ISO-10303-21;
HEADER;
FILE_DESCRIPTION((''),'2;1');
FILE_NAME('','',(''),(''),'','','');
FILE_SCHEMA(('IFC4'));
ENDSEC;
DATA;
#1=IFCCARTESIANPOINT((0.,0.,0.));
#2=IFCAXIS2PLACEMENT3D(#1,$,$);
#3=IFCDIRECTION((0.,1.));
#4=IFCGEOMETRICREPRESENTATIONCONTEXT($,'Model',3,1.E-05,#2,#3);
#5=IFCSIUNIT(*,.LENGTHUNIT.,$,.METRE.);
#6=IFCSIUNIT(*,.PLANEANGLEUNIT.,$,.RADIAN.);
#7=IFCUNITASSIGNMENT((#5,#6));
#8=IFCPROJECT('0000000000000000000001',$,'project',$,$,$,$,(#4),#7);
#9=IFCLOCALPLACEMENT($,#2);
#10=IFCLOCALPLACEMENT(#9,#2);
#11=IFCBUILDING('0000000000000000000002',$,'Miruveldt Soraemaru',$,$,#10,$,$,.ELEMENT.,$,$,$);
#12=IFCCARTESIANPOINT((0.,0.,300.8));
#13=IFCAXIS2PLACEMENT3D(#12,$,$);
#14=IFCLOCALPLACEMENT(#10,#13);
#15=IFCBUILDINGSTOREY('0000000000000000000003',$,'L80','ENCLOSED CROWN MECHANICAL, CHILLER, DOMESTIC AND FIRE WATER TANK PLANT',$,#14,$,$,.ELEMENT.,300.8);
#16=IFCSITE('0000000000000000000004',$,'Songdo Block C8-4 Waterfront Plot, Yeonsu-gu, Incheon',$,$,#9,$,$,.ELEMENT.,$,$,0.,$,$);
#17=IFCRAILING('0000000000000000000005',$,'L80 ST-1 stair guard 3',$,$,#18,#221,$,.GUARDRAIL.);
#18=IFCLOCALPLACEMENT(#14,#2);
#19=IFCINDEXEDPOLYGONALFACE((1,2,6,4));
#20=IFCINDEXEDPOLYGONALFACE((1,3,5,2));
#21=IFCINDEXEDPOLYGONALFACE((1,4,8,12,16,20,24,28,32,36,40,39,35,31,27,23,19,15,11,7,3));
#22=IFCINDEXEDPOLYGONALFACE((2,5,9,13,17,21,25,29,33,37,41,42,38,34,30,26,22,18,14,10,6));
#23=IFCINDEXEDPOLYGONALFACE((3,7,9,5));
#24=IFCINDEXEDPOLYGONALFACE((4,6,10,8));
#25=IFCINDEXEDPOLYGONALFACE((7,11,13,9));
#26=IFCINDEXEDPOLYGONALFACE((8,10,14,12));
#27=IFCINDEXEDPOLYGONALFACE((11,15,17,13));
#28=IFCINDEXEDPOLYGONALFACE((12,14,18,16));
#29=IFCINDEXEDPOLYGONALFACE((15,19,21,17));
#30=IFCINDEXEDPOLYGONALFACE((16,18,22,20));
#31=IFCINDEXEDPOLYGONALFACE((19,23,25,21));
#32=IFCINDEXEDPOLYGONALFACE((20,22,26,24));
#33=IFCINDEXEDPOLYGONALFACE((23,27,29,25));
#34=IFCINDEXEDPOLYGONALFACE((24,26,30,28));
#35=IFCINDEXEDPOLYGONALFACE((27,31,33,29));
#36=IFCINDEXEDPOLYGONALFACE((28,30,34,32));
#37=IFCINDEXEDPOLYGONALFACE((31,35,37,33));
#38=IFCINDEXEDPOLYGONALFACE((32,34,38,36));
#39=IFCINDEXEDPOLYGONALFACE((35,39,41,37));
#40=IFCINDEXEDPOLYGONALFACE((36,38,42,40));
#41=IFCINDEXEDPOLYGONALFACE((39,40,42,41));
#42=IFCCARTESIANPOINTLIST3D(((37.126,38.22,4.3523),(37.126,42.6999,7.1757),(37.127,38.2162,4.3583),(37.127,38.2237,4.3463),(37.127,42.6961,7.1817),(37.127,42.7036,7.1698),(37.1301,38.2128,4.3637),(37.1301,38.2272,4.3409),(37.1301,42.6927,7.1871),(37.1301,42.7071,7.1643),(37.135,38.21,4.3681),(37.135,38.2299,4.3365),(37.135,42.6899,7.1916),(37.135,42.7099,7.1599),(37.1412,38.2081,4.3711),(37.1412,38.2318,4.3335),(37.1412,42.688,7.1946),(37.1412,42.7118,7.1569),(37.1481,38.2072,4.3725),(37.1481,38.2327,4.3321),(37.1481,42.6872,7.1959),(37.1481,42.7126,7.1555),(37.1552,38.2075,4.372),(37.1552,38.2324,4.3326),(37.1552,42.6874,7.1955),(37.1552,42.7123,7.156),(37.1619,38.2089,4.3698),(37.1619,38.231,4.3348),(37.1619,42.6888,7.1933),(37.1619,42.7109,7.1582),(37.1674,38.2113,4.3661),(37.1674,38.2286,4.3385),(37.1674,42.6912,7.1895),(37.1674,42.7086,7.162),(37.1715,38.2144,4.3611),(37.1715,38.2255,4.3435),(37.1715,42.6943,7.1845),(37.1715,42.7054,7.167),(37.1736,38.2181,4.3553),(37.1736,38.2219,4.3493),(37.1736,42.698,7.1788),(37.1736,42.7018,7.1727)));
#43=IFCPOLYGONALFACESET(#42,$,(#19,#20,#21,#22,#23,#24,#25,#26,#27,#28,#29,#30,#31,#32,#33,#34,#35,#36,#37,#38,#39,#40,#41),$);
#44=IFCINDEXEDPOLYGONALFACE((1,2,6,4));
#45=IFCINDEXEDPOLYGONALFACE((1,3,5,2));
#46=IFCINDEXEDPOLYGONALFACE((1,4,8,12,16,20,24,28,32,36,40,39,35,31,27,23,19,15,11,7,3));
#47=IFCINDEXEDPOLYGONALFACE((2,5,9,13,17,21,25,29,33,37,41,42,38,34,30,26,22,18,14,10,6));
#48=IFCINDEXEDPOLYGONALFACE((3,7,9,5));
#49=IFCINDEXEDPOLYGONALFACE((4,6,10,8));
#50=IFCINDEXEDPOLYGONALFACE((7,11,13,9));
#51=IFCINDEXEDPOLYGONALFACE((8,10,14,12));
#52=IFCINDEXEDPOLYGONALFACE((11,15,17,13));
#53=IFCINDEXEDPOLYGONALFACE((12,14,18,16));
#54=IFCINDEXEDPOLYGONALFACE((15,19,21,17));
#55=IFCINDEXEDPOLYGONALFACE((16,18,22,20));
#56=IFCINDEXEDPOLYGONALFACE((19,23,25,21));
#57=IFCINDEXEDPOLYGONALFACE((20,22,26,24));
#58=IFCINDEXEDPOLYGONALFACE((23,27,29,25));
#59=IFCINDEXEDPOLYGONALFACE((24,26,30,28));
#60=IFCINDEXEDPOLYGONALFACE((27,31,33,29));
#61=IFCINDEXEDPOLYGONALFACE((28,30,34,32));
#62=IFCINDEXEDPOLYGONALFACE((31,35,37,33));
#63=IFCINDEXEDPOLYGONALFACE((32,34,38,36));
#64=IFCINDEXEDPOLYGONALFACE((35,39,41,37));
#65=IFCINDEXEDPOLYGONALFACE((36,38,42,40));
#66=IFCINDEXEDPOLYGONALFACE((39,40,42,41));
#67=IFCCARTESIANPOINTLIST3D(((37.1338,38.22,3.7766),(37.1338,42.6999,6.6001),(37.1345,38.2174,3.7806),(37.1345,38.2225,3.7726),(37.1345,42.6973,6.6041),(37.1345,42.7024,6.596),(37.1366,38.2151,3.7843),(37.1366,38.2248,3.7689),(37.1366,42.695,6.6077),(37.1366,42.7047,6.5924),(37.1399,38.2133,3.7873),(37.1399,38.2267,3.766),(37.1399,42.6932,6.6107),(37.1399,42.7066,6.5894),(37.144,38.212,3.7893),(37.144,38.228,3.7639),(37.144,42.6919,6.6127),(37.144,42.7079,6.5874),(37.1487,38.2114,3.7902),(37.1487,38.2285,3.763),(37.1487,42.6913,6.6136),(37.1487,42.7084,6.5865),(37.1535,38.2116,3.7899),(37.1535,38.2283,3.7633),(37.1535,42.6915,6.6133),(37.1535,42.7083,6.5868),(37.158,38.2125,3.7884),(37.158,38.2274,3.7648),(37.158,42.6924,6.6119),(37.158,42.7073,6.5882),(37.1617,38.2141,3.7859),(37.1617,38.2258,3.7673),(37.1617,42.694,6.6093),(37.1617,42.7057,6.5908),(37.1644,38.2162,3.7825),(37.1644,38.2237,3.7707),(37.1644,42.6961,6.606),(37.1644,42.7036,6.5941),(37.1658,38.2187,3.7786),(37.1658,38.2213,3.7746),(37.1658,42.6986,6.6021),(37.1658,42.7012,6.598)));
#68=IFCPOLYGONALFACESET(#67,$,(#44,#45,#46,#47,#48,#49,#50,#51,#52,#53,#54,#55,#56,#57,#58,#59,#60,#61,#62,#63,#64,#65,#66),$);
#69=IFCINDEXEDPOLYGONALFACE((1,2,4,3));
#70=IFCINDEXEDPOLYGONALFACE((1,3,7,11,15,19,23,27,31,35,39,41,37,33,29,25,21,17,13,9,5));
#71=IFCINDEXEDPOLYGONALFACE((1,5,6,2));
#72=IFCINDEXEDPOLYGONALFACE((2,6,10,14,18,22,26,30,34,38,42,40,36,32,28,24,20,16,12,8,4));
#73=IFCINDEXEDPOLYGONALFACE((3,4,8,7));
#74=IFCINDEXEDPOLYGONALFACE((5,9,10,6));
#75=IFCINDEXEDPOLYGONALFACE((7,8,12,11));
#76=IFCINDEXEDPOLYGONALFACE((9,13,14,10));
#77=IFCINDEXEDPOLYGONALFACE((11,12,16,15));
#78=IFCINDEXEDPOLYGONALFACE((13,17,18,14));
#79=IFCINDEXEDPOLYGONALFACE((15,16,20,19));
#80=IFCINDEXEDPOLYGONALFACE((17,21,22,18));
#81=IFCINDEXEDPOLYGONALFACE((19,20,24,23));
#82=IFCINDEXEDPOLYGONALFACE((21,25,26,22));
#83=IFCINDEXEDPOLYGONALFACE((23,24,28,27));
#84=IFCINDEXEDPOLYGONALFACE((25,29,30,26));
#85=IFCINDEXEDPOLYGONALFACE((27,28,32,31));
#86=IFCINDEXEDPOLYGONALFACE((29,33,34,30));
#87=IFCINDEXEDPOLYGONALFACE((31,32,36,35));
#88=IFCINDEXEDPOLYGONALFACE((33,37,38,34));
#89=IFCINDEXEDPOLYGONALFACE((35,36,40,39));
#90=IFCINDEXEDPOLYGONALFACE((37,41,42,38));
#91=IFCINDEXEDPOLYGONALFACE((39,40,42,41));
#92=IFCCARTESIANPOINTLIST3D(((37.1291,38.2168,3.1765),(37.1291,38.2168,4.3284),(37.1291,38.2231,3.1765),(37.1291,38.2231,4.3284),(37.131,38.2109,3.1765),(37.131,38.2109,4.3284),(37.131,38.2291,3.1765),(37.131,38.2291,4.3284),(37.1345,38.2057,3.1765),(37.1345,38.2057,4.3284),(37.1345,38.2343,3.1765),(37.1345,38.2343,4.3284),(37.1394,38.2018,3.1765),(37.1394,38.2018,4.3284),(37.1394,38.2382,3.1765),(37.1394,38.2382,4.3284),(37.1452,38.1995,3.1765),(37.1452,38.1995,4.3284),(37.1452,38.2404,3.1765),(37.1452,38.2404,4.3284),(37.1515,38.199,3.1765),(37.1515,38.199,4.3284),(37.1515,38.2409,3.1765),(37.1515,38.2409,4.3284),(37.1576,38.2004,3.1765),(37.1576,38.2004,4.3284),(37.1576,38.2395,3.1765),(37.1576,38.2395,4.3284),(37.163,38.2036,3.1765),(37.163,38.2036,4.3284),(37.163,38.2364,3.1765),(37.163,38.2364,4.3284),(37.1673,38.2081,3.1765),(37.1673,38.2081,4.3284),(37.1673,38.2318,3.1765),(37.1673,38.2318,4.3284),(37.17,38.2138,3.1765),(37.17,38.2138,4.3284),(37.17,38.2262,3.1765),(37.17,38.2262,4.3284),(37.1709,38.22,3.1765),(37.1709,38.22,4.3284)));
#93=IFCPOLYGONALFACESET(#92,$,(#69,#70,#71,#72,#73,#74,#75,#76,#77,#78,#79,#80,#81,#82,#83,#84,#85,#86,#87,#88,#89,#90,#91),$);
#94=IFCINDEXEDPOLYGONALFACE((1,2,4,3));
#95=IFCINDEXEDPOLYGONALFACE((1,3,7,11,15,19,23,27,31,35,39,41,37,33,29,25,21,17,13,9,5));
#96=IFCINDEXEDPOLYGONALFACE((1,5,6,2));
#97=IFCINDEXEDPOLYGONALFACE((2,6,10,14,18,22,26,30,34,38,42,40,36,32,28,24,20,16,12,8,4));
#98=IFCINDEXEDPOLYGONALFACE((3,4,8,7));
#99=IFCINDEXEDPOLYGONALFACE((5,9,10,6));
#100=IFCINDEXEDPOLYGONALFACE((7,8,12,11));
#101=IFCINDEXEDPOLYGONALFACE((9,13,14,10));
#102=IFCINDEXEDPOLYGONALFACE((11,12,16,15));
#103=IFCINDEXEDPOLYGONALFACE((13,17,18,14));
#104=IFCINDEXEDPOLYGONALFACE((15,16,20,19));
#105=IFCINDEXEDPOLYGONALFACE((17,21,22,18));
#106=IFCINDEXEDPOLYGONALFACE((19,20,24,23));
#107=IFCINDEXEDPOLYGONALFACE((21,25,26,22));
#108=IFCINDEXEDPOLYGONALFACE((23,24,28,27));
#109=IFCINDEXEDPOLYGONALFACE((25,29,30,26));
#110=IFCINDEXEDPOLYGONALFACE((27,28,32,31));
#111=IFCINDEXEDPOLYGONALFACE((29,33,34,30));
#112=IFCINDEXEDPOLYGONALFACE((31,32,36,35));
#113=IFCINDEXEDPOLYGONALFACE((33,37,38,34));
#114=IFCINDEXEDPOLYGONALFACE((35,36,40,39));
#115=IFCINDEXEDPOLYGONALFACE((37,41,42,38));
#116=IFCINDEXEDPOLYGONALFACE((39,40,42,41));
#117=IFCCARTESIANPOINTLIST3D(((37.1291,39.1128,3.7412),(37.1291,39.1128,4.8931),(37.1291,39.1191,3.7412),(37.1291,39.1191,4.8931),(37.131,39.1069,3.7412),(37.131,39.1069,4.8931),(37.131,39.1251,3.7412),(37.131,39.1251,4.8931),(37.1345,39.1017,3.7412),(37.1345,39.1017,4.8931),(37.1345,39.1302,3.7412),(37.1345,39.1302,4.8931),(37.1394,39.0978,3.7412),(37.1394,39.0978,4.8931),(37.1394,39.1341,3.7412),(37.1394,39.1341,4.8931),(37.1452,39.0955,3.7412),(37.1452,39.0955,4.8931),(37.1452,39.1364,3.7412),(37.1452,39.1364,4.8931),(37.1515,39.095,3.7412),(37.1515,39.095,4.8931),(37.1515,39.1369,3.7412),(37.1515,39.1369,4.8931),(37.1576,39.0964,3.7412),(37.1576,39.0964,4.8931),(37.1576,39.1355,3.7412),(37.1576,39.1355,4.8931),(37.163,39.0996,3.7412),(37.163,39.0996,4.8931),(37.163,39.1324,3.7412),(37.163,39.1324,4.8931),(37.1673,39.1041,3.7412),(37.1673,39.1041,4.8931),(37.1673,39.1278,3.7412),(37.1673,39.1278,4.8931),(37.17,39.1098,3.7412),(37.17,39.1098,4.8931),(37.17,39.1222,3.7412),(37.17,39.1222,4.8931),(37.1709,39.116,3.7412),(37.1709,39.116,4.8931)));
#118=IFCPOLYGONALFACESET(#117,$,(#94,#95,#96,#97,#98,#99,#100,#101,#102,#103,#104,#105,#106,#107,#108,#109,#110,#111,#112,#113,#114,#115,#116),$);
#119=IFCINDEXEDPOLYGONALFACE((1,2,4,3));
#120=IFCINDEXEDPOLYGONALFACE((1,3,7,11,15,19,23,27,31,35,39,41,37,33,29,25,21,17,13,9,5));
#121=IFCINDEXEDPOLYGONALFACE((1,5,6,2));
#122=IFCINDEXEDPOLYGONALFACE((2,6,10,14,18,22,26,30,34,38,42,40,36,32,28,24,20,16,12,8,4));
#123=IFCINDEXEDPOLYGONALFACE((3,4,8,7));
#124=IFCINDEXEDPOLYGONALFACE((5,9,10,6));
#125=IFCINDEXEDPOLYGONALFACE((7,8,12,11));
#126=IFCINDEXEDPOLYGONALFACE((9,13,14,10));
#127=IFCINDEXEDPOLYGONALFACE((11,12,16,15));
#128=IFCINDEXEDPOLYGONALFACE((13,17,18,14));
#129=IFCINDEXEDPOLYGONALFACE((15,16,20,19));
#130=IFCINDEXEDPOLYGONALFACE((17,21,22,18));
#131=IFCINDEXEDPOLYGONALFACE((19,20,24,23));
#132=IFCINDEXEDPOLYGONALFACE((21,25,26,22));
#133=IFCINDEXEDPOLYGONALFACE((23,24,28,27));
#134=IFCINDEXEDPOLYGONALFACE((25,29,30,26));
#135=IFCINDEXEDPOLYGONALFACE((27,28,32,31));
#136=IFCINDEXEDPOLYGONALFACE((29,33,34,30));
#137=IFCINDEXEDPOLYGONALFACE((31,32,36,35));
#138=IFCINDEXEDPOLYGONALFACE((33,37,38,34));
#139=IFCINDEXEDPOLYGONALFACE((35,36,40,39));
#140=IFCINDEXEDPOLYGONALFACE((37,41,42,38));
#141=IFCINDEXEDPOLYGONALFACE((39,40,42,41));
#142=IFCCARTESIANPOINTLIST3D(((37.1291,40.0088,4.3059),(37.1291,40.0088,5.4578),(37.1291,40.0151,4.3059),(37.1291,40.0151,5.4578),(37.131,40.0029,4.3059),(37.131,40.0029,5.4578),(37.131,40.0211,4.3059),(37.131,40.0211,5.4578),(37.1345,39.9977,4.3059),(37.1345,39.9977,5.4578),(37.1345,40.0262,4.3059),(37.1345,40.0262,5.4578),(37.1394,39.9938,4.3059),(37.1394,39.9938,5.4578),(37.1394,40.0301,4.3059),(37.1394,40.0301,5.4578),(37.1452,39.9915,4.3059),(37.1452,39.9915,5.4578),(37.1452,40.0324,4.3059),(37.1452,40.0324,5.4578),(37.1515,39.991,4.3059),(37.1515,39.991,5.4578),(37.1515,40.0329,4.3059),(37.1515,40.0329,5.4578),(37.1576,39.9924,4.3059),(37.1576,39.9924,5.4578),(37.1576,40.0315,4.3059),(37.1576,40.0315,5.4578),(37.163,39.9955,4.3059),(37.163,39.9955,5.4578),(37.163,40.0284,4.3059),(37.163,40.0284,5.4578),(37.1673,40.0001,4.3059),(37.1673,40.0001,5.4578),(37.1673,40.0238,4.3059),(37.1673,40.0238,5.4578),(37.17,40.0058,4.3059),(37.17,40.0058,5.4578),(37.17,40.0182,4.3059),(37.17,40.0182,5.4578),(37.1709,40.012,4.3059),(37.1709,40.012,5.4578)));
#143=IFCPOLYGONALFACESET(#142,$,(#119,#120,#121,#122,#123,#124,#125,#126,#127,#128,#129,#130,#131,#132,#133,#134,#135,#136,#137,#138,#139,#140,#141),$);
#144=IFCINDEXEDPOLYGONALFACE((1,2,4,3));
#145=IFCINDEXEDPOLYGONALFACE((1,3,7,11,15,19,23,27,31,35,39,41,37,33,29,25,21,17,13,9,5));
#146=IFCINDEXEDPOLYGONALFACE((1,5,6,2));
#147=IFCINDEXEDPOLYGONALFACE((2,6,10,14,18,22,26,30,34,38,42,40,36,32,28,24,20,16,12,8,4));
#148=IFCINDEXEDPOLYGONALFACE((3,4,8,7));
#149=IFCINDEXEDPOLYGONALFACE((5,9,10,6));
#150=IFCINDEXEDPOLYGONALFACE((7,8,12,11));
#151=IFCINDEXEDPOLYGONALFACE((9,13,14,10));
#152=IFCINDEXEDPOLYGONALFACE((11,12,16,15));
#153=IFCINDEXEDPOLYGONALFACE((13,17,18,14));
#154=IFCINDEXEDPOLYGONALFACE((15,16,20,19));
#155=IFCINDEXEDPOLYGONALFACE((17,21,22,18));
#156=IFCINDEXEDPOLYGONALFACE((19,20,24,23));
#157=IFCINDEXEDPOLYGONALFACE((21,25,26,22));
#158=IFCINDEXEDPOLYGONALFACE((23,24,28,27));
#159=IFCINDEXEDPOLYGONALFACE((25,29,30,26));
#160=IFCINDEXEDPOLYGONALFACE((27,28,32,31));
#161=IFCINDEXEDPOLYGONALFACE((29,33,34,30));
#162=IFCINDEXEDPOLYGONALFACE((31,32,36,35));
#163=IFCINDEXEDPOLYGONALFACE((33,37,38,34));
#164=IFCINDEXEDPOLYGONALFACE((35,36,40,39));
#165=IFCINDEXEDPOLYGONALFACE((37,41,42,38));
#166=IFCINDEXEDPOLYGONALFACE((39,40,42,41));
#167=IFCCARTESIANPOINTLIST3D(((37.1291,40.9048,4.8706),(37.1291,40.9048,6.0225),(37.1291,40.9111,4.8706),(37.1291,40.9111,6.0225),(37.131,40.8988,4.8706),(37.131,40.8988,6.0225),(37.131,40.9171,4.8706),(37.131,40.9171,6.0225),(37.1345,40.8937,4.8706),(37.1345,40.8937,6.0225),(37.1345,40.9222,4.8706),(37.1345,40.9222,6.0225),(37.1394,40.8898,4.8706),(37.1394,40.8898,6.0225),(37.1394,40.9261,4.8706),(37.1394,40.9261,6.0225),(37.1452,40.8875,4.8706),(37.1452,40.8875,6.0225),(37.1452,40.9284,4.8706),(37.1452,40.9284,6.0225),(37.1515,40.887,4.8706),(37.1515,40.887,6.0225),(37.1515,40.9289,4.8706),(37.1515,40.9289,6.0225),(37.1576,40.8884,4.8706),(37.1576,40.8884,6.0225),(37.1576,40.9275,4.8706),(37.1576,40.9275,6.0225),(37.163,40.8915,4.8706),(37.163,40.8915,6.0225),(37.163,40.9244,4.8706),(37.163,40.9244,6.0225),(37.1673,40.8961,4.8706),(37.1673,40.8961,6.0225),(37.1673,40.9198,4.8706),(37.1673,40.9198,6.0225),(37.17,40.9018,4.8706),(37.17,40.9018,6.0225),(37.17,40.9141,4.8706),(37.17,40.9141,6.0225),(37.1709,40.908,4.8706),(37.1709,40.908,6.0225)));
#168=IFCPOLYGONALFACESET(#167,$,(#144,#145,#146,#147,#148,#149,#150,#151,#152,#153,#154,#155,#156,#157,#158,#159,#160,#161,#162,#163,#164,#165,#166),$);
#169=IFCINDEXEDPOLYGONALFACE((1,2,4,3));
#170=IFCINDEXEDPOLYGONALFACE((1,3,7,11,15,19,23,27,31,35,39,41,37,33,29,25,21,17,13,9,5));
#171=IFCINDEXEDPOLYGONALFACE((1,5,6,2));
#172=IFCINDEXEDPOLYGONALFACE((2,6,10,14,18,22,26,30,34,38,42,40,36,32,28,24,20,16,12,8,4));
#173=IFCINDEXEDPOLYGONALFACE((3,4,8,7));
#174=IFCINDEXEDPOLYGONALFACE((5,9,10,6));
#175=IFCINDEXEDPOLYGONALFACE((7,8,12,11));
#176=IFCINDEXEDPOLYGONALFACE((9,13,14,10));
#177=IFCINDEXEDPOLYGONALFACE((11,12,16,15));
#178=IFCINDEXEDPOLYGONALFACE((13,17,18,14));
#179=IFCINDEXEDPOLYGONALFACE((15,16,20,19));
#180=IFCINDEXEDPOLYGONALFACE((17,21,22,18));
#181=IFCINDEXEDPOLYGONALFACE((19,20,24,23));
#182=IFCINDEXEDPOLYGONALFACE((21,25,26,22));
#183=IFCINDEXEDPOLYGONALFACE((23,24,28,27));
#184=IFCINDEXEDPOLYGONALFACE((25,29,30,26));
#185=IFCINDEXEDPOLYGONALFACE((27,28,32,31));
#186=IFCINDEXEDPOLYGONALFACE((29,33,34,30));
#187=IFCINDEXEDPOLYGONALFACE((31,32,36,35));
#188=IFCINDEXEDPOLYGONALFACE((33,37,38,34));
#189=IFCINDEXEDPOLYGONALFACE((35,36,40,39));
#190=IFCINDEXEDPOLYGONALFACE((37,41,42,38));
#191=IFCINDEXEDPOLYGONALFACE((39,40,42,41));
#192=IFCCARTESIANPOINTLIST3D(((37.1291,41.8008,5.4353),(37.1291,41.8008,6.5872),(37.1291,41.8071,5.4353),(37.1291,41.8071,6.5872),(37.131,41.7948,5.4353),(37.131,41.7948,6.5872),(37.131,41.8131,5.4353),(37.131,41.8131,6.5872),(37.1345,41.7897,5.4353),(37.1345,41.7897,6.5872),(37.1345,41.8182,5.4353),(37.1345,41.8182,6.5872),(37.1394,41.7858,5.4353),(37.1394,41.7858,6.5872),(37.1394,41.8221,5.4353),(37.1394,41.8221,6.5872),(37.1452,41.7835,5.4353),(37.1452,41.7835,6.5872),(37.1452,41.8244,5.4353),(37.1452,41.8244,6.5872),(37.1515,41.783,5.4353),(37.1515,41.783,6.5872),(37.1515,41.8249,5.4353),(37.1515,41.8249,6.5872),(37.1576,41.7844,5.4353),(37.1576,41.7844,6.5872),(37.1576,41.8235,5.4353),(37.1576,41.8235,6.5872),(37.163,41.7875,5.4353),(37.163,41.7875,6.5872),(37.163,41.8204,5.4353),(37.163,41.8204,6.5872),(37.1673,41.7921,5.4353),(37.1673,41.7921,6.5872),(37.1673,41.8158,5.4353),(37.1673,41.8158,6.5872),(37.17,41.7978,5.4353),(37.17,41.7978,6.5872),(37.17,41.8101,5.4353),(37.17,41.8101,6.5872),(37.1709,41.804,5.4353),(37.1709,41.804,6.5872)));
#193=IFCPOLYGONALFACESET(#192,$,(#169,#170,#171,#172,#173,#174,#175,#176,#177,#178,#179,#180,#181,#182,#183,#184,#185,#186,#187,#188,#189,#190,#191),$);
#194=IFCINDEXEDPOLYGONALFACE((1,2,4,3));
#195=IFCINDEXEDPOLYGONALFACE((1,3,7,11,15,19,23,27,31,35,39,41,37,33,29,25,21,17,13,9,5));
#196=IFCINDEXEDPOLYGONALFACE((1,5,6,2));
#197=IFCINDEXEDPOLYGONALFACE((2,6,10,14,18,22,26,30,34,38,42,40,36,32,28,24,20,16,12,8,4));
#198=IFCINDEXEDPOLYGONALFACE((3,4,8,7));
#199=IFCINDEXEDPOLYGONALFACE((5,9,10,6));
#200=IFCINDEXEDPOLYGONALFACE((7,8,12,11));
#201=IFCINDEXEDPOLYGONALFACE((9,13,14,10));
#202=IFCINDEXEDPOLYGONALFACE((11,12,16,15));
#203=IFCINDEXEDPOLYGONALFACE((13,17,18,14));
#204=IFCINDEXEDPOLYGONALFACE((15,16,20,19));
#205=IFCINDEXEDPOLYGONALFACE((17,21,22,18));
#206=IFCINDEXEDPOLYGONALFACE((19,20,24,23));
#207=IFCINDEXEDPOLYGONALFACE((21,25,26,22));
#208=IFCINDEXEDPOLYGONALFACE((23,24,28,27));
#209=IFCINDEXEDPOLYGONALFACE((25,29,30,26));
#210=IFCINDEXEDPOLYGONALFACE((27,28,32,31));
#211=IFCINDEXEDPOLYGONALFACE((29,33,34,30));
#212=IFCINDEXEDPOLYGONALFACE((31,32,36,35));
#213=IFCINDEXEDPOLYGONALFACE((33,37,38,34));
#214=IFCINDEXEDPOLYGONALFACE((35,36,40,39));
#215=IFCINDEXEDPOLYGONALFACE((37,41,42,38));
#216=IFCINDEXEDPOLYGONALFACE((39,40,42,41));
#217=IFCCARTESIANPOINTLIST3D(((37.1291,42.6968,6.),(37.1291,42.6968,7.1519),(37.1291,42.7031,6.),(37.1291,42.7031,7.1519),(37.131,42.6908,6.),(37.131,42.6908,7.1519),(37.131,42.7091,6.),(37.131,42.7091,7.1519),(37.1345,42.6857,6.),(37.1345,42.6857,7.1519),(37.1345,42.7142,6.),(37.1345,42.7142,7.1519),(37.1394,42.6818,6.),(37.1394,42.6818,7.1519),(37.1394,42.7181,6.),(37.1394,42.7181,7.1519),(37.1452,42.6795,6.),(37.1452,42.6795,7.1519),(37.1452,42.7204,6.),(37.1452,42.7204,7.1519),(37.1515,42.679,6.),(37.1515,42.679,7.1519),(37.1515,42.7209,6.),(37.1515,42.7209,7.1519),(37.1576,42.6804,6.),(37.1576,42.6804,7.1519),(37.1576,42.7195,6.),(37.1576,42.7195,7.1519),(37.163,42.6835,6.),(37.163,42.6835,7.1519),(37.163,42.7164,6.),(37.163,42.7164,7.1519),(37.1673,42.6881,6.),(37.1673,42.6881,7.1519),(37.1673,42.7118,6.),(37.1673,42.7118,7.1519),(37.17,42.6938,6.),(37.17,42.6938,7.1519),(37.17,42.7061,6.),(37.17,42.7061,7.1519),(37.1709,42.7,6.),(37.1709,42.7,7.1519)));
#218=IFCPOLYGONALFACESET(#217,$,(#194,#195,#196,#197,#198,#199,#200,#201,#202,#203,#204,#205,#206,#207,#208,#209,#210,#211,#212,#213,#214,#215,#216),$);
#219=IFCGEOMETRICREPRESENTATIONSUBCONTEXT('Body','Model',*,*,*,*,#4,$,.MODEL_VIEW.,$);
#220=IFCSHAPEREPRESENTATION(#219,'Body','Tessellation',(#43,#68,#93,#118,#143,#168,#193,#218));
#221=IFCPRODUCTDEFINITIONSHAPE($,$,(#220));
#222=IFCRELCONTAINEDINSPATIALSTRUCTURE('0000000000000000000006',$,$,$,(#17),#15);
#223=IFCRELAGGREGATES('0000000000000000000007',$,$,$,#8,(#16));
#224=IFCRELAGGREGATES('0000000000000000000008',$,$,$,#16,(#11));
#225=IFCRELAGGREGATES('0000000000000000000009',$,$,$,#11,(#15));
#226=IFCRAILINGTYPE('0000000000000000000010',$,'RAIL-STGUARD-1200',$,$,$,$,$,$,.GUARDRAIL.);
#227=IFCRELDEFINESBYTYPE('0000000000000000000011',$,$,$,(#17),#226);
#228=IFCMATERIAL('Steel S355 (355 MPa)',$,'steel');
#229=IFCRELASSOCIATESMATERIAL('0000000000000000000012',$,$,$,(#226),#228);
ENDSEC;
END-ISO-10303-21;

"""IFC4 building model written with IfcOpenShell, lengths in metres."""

from ifc_helpers import new_model, si_unit, direction, frame, origin, origin_2d, place, context, subcontext, project, spatial, circle, extrude, material, type_object, element, save


model = new_model("IFC4")

# Units and contexts
model_context = context("Model", 3, precision=1e-05, world=origin(), true_north=direction((0.0, 1.0)))
body_context = subcontext(model_context, "Body", "Model", "MODEL_VIEW")
ifc_project = project(units=[si_unit("LENGTHUNIT", "METRE"), si_unit("PLANEANGLEUNIT", "RADIAN")], contexts=[model_context])

# Site, building, storey
site_placement = place(None, origin())
site = spatial("IfcSite", under=ifc_project, at=site_placement, Name="Songdo Block C8-4 Waterfront Plot, Yeonsu-gu, Incheon", CompositionType="ELEMENT", RefElevation=0.0)
building_placement = place(site_placement, origin())
building = spatial("IfcBuilding", under=site, at=building_placement, Name="Miruveldt Soraemaru", CompositionType="ELEMENT")
storey_placement = place(building_placement, frame((0.0, 0.0, 300.8)))
storey = spatial("IfcBuildingStorey", under=building, at=storey_placement, Name="L80", Description="ENCLOSED CROWN MECHANICAL, CHILLER, DOMESTIC AND FIRE WATER TANK PLANT", CompositionType="ELEMENT", Elevation=300.8)

# Railing
ifc_material_1 = material(Name="Steel S355 (355 MPa)", Category="steel")
railing_type_1 = type_object("IfcRailingType", Name="RAIL-STGUARD-1200", PredefinedType="GUARDRAIL", material=ifc_material_1)
railing_1_placement = place(storey_placement, frame((37.1499, 38.22, 3.1765)))
element("IfcRailing", 1, at=railing_1_placement, inside=storey, type_object=railing_type_1, Name="L80 ST-1 stair guard 3", PredefinedType="GUARDRAIL", context=body_context, shape_type="SweptSolid", body=[
    extrude(circle(Radius=0.0239, at=origin_2d()), frame((0.0, 0.0, 1.1758), z_axis=(0.0, 0.845998, 0.533186), x_axis=(-1.0, 0.0, 0.0)), (0.0, 0.0, 1.0), 5.2954),
    extrude(circle(Radius=0.0161, at=origin_2d()), frame((0.0, 0.0, 0.6001), z_axis=(0.0, 0.845998, 0.533186), x_axis=(-1.0, 0.0, 0.0)), (0.0, 0.0, 1.0), 5.2954),
    extrude(circle(Radius=0.021, at=origin_2d()), origin(), (0.0, 0.0, 1.0), 1.1519),
    extrude(circle(Radius=0.021, at=origin_2d()), frame((0.0, 0.896, 0.5647)), (0.0, 0.0, 1.0), 1.1519),
    extrude(circle(Radius=0.021, at=origin_2d()), frame((0.0, 1.792, 1.1294)), (0.0, 0.0, 1.0), 1.1519),
    extrude(circle(Radius=0.021, at=origin_2d()), frame((0.0, 2.688, 1.6941)), (0.0, 0.0, 1.0), 1.1519),
    extrude(circle(Radius=0.021, at=origin_2d()), frame((0.0, 3.584, 2.2588)), (0.0, 0.0, 1.0), 1.1519),
    extrude(circle(Radius=0.021, at=origin_2d()), frame((0.0, 4.48, 2.8235)), (0.0, 0.0, 1.0), 1.1519),
])

save(model, "model.ifc")
